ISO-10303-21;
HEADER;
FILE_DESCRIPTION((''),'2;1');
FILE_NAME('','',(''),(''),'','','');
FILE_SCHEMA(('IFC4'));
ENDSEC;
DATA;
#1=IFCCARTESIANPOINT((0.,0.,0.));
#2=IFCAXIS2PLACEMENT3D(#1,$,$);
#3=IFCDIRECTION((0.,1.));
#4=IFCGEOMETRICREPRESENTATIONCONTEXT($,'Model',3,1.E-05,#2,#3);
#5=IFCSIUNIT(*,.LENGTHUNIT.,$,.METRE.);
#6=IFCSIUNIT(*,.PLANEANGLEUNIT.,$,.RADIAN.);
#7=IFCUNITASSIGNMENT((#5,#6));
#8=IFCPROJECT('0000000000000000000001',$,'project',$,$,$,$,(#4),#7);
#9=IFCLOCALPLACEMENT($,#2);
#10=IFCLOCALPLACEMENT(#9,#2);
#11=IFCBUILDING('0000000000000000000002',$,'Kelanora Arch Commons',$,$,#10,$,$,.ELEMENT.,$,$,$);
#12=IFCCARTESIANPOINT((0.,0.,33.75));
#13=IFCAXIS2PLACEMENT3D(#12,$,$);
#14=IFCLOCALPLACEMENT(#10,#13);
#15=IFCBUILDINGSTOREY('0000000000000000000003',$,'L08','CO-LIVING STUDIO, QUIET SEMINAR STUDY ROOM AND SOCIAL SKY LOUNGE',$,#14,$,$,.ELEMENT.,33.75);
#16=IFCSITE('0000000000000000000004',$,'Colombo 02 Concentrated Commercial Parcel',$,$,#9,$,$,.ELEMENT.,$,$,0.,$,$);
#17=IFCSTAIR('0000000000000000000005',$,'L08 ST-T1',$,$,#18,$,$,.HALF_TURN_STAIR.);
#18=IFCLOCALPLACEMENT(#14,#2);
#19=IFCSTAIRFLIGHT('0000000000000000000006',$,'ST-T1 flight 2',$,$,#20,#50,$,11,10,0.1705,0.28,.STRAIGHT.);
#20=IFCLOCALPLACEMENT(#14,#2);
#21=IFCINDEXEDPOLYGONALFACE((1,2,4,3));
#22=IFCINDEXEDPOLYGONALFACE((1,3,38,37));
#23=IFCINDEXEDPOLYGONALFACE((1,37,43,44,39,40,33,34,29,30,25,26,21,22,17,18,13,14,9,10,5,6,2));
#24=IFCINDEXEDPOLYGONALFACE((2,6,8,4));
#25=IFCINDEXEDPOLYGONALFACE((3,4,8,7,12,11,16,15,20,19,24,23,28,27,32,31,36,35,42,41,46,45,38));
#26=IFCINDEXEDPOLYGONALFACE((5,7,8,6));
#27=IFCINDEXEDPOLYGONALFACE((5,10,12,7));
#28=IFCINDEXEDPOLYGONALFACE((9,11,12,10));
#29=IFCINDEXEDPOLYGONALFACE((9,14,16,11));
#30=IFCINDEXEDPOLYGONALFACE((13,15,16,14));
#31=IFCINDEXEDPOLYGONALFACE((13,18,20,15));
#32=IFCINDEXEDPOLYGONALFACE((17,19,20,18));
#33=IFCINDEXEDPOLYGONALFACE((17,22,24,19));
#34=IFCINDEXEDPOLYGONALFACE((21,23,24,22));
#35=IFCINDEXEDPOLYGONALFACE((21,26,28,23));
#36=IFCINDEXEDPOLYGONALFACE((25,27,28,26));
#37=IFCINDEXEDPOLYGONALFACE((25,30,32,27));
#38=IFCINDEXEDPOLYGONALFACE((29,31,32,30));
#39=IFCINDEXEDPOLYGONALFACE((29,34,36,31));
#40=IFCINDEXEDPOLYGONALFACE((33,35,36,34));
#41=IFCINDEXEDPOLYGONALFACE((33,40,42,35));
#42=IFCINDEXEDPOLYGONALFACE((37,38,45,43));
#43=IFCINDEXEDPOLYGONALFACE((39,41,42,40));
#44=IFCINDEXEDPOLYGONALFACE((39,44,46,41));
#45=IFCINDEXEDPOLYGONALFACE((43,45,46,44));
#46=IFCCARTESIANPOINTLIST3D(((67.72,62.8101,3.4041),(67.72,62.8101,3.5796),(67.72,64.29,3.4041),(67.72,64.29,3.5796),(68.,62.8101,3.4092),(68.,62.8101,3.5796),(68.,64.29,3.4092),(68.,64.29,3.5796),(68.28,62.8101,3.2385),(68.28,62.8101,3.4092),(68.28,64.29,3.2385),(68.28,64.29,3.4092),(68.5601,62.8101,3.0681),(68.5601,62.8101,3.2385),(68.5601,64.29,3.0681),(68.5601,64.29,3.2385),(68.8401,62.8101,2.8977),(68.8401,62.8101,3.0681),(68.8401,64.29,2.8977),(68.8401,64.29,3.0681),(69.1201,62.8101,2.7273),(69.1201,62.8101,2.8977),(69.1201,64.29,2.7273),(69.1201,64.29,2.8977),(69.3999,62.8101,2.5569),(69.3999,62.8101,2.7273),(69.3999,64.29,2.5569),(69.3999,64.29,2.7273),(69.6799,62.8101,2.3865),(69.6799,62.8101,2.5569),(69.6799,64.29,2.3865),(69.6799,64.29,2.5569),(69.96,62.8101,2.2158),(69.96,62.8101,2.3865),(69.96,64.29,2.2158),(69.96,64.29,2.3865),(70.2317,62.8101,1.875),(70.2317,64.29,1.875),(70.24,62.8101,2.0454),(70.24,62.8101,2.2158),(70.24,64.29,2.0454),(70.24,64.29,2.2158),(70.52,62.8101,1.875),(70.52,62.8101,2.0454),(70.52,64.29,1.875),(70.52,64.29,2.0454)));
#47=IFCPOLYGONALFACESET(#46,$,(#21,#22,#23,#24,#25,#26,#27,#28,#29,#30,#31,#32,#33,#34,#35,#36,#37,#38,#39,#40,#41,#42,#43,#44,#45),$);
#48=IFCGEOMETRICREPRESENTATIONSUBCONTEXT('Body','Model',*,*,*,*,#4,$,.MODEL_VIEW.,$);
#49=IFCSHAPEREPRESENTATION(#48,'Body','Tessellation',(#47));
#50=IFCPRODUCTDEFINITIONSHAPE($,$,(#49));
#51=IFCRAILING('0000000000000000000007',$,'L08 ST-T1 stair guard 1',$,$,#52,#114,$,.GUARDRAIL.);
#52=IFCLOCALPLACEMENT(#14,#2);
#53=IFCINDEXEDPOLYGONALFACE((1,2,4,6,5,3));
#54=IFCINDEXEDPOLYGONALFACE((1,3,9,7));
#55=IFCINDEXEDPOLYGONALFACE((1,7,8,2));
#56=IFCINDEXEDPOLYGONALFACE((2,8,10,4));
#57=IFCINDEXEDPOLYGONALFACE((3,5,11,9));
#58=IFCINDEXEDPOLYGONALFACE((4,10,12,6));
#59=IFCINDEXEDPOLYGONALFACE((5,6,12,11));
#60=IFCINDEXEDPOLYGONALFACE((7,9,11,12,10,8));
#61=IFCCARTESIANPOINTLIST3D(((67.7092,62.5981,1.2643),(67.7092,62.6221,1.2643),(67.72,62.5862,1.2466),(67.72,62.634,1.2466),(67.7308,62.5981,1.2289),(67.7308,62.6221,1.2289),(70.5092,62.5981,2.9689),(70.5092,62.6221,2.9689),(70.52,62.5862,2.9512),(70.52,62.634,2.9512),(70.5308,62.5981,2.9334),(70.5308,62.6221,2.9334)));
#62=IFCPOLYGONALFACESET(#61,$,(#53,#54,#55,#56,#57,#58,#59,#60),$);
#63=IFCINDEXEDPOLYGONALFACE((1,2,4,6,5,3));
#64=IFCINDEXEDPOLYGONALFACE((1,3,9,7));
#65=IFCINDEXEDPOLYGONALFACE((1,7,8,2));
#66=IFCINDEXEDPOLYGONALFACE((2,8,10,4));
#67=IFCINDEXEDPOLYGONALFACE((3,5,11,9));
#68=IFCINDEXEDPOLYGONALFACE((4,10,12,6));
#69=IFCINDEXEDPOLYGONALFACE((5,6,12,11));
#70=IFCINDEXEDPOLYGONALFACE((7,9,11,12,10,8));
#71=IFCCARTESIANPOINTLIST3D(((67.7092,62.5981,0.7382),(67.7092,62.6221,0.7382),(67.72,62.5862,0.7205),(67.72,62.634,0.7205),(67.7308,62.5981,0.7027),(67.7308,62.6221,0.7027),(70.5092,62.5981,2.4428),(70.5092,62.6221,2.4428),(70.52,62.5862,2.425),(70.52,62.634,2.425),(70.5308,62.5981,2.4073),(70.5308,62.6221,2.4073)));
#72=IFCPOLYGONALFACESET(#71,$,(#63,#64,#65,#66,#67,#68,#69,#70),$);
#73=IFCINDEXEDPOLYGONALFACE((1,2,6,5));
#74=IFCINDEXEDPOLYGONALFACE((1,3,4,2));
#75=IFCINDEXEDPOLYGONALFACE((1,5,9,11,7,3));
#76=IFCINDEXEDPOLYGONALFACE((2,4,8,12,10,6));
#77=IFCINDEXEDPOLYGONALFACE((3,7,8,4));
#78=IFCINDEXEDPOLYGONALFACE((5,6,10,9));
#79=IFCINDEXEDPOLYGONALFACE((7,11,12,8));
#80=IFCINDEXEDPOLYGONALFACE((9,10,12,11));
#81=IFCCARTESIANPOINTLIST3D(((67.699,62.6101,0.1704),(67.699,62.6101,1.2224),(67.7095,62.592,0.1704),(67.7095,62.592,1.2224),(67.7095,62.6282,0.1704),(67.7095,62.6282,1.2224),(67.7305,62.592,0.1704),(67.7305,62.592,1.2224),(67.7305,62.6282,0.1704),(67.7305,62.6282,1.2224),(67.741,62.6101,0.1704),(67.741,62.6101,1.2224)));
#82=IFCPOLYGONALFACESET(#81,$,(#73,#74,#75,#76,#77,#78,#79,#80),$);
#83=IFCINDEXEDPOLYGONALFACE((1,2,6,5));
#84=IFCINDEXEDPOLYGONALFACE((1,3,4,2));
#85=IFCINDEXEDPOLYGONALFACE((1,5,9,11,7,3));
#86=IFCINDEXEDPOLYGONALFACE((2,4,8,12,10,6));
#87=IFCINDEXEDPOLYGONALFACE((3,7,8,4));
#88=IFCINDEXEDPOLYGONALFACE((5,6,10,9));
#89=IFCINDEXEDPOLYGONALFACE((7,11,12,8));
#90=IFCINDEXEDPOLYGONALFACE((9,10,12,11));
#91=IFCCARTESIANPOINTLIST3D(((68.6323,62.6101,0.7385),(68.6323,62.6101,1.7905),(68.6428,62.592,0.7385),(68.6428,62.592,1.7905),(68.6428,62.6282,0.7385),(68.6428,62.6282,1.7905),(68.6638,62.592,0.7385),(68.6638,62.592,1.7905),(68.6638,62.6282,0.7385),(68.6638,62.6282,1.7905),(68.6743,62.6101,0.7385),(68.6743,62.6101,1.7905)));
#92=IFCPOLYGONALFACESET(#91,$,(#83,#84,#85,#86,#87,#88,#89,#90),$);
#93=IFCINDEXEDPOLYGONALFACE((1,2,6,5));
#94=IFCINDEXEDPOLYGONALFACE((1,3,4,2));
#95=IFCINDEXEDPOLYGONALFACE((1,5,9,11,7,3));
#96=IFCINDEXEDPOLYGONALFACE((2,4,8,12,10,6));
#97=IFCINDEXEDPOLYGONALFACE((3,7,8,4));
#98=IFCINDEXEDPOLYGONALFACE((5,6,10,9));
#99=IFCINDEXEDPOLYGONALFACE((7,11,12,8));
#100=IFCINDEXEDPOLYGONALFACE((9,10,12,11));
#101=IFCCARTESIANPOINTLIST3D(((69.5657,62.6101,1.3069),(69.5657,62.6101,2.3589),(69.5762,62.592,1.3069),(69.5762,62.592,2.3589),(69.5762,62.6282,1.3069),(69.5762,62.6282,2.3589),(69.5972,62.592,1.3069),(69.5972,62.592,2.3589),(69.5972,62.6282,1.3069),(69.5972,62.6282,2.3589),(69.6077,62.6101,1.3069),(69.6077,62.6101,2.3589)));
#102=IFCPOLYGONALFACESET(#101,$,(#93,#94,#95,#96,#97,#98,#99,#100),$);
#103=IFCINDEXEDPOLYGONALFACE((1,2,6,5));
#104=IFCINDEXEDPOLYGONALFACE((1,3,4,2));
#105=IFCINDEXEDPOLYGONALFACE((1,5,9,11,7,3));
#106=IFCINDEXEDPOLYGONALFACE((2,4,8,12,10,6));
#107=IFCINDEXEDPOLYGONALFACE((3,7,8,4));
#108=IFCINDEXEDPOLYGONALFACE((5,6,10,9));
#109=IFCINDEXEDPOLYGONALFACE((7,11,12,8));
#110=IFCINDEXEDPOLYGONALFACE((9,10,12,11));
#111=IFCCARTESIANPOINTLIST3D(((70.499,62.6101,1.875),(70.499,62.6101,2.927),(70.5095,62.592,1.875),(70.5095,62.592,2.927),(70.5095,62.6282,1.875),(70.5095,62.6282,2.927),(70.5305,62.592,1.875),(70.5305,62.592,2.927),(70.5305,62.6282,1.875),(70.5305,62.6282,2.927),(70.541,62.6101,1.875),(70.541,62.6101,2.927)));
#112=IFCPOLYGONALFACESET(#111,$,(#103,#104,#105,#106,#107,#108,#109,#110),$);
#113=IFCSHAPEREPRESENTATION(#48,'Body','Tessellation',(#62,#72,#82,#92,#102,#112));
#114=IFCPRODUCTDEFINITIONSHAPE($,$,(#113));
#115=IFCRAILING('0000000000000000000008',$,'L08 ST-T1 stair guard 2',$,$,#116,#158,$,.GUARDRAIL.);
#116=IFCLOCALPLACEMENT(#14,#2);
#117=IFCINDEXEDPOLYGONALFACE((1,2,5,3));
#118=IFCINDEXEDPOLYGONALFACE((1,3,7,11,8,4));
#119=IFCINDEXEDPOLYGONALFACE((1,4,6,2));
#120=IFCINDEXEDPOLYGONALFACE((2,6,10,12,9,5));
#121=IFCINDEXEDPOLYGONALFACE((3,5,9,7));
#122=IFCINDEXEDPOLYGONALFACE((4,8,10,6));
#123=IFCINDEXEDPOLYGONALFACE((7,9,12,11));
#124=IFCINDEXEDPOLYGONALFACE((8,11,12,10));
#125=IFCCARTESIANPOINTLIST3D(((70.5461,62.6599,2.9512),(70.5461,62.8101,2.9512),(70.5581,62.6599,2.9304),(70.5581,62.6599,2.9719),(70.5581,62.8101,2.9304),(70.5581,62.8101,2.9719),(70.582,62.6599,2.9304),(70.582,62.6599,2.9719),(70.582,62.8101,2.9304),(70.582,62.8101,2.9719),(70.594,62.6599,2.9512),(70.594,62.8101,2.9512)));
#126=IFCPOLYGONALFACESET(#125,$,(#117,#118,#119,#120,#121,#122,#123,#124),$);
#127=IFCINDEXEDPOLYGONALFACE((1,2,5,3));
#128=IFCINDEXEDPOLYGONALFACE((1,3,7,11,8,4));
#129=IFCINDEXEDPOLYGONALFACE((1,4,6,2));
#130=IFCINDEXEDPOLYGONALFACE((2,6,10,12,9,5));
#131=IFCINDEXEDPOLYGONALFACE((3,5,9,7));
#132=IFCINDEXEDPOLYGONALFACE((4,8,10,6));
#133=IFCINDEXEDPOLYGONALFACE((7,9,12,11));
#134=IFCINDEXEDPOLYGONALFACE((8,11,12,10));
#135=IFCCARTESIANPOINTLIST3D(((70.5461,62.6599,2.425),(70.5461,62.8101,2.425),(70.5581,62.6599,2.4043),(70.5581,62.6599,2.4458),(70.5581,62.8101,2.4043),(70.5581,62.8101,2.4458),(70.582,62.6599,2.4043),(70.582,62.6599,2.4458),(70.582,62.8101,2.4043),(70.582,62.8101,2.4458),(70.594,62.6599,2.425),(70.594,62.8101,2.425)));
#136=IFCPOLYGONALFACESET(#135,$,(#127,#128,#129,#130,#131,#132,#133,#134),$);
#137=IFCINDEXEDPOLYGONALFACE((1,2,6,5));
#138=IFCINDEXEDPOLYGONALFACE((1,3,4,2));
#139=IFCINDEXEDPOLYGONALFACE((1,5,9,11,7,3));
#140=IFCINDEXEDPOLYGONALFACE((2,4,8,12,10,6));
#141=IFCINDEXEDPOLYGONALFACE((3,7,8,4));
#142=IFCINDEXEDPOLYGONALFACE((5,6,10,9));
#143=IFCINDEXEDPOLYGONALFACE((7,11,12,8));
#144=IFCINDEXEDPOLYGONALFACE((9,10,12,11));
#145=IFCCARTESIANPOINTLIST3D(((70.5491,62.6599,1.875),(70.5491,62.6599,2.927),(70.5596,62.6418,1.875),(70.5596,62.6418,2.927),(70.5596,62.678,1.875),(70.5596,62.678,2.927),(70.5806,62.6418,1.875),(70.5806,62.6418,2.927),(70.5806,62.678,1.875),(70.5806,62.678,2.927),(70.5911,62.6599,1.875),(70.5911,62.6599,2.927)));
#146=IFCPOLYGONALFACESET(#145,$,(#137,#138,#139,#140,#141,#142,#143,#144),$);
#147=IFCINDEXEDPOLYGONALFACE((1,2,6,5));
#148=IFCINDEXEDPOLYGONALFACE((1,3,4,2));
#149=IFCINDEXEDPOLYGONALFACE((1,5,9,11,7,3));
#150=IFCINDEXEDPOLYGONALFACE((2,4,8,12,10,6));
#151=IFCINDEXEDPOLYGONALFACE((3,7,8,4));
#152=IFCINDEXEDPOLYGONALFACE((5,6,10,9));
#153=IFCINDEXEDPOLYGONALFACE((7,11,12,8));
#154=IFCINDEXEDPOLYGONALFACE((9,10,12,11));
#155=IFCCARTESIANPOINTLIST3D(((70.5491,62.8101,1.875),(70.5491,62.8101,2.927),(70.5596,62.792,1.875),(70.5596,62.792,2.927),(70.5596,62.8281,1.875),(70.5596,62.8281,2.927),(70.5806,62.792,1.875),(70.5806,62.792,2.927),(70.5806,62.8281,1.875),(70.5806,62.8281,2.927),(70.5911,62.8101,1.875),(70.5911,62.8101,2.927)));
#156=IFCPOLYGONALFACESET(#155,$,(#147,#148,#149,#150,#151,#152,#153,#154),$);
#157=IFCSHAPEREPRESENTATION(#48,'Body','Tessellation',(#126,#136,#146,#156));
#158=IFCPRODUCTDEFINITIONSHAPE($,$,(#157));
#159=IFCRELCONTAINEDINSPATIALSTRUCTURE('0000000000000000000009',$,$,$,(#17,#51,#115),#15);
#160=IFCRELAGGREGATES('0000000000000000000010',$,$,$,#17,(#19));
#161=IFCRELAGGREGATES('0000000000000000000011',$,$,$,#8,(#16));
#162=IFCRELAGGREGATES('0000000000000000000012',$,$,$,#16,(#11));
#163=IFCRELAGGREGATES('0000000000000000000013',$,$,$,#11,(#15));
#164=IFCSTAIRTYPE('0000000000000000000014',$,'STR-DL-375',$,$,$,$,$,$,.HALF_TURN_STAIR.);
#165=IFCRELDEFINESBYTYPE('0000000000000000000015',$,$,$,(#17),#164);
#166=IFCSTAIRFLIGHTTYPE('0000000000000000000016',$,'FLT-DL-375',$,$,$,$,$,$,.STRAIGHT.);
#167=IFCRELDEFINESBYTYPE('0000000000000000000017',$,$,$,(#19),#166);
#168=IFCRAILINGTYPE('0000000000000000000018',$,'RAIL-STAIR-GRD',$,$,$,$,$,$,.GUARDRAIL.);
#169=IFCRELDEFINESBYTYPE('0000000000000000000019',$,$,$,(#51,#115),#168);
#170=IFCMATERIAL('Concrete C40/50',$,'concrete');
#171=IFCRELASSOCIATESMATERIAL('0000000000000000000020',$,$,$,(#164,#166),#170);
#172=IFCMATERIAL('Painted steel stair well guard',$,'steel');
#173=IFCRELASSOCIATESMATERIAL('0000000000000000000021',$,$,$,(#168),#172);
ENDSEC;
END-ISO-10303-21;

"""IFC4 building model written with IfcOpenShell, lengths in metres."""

from ifc_helpers import new_model, si_unit, direction, frame, origin, place, context, subcontext, project, spatial, polyline, outline, extrude, material, type_object, element, aggregate, save


model = new_model("IFC4")

# Units and contexts
model_context = context("Model", 3, precision=1e-05, world=origin(), true_north=direction((0.0, 1.0)))
body_context = subcontext(model_context, "Body", "Model", "MODEL_VIEW")
ifc_project = project(units=[si_unit("LENGTHUNIT", "METRE"), si_unit("PLANEANGLEUNIT", "RADIAN")], contexts=[model_context])

# Site, building, storey
site_placement = place(None, origin())
site = spatial("IfcSite", under=ifc_project, at=site_placement, Name="Colombo 02 Concentrated Commercial Parcel", CompositionType="ELEMENT", RefElevation=0.0)
building_placement = place(site_placement, origin())
building = spatial("IfcBuilding", under=site, at=building_placement, Name="Kelanora Arch Commons", CompositionType="ELEMENT")
storey_placement = place(building_placement, frame((0.0, 0.0, 33.75)))
storey = spatial("IfcBuildingStorey", under=building, at=storey_placement, Name="L08", Description="CO-LIVING STUDIO, QUIET SEMINAR STUDY ROOM AND SOCIAL SKY LOUNGE", CompositionType="ELEMENT", Elevation=33.75)

# Shared definitions
ifc_material_1 = material(Name="Concrete C40/50", Category="concrete")

# Stair, stair flight
stair_type = type_object("IfcStairType", Name="STR-DL-375", PredefinedType="HALF_TURN_STAIR", material=ifc_material_1)
stair_placement = place(storey_placement, origin())
stair = element("IfcStair", 1, at=stair_placement, inside=storey, type_object=stair_type, Name="L08 ST-T1", PredefinedType="HALF_TURN_STAIR")
stair_flight_type = type_object("IfcStairFlightType", Name="FLT-DL-375", PredefinedType="STRAIGHT", material=ifc_material_1)
stair_flight_1_placement = place(storey_placement, frame((70.52, 63.55, 1.875), z_axis=(0.0, 0.0, 1.0), x_axis=(-1.0, 0.0, 0.0)))
stair_flight_1 = element("IfcStairFlight", 2, at=stair_flight_1_placement, type_object=stair_flight_type, Name="ST-T1 flight 2", NumberOfRisers=11, NumberOfTreads=10, PredefinedType="STRAIGHT", RiserHeight=0.1705, TreadLength=0.28, context=body_context, shape_type="SweptSolid", body=[
    extrude(outline(polyline([(0.0, 0.0), (0.0, 0.1704), (0.28, 0.1704), (0.28, 0.3408), (0.5601, 0.3408), (0.5601, 0.5115), (0.8401, 0.5115), (0.8401, 0.6819), (1.1201, 0.6819), (1.1201, 0.8523), (1.3999, 0.8523), (1.3999, 1.0227), (1.6799, 1.0227), (1.6799, 1.1931), (1.96, 1.1931), (1.96, 1.3635), (2.24, 1.3635), (2.24, 1.5342), (2.52, 1.5342), (2.52, 1.7046), (2.8, 1.7046), (2.8, 1.875), (2.8, 1.5291), (0.2883, 0.0), (0.0, 0.0)])), frame((0.0, 0.74, 0.0), z_axis=(0.0, -1.0, 0.0), x_axis=(1.0, 0.0, 0.0)), (0.0, 0.0, 1.0), 1.48),
])
aggregate(stair, [stair_flight_1])

# Railings
ifc_material_2 = material(Name="Painted steel stair well guard", Category="steel")
railing_type_1 = type_object("IfcRailingType", Name="RAIL-STAIR-GRD", PredefinedType="GUARDRAIL", material=ifc_material_2)
railing_1_placement = place(storey_placement, frame((67.72, 62.6101, 0.1704)))
element("IfcRailing", 3, at=railing_1_placement, inside=storey, type_object=railing_type_1, Name="L08 ST-T1 stair guard 1", PredefinedType="GUARDRAIL", context=body_context, shape_type="SweptSolid", body=[
    extrude(outline(polyline([(0.0239, 0.0), (0.012, 0.0208), (-0.012, 0.0208), (-0.0239, 0.0), (-0.012, -0.0208), (0.012, -0.0208), (0.0239, 0.0)])), frame((0.0, 0.0, 1.0762), z_axis=(0.85417, 0.0, 0.519994), x_axis=(0.0, 1.0, 0.0)), (0.0, 0.0, 1.0), 3.2781),
    extrude(outline(polyline([(0.0239, 0.0), (0.012, 0.0208), (-0.012, 0.0208), (-0.0239, 0.0), (-0.012, -0.0208), (0.012, -0.0208), (0.0239, 0.0)])), frame((0.0, 0.0, 0.55), z_axis=(0.85417, 0.0, 0.519994), x_axis=(0.0, 1.0, 0.0)), (0.0, 0.0, 1.0), 3.2781),
    extrude(outline(polyline([(0.021, 0.0), (0.0105, 0.0181), (-0.0105, 0.0181), (-0.021, 0.0), (-0.0105, -0.0181), (0.0105, -0.0181), (0.021, 0.0)])), origin(), (0.0, 0.0, 1.0), 1.052),
    extrude(outline(polyline([(0.021, 0.0), (0.0105, 0.0181), (-0.0105, 0.0181), (-0.021, 0.0), (-0.0105, -0.0181), (0.0105, -0.0181), (0.021, 0.0)])), frame((0.9333, 0.0, 0.5681)), (0.0, 0.0, 1.0), 1.052),
    extrude(outline(polyline([(0.021, 0.0), (0.0105, 0.0181), (-0.0105, 0.0181), (-0.021, 0.0), (-0.0105, -0.0181), (0.0105, -0.0181), (0.021, 0.0)])), frame((1.8667, 0.0, 1.1365)), (0.0, 0.0, 1.0), 1.052),
    extrude(outline(polyline([(0.021, 0.0), (0.0105, 0.0181), (-0.0105, 0.0181), (-0.021, 0.0), (-0.0105, -0.0181), (0.0105, -0.0181), (0.021, 0.0)])), frame((2.8, 0.0, 1.7046)), (0.0, 0.0, 1.0), 1.052),
])
railing_2_placement = place(storey_placement, frame((70.5701, 62.6599, 1.875)))
element("IfcRailing", 4, at=railing_2_placement, inside=storey, type_object=railing_type_1, Name="L08 ST-T1 stair guard 2", PredefinedType="GUARDRAIL", context=body_context, shape_type="SweptSolid", body=[
    extrude(outline(polyline([(0.0239, 0.0), (0.012, 0.0208), (-0.012, 0.0208), (-0.0239, 0.0), (-0.012, -0.0208), (0.012, -0.0208), (0.0239, 0.0)])), frame((0.0, 0.0, 1.0762), z_axis=(0.0, 1.0, 0.0), x_axis=(-1.0, 0.0, 0.0)), (0.0, 0.0, 1.0), 0.1501),
    extrude(outline(polyline([(0.0239, 0.0), (0.012, 0.0208), (-0.012, 0.0208), (-0.0239, 0.0), (-0.012, -0.0208), (0.012, -0.0208), (0.0239, 0.0)])), frame((0.0, 0.0, 0.55), z_axis=(0.0, 1.0, 0.0), x_axis=(-1.0, 0.0, 0.0)), (0.0, 0.0, 1.0), 0.1501),
    extrude(outline(polyline([(0.021, 0.0), (0.0105, 0.0181), (-0.0105, 0.0181), (-0.021, 0.0), (-0.0105, -0.0181), (0.0105, -0.0181), (0.021, 0.0)])), origin(), (0.0, 0.0, 1.0), 1.052),
    extrude(outline(polyline([(0.021, 0.0), (0.0105, 0.0181), (-0.0105, 0.0181), (-0.021, 0.0), (-0.0105, -0.0181), (0.0105, -0.0181), (0.021, 0.0)])), frame((0.0, 0.1501, 0.0)), (0.0, 0.0, 1.0), 1.052),
])

save(model, "model.ifc")
